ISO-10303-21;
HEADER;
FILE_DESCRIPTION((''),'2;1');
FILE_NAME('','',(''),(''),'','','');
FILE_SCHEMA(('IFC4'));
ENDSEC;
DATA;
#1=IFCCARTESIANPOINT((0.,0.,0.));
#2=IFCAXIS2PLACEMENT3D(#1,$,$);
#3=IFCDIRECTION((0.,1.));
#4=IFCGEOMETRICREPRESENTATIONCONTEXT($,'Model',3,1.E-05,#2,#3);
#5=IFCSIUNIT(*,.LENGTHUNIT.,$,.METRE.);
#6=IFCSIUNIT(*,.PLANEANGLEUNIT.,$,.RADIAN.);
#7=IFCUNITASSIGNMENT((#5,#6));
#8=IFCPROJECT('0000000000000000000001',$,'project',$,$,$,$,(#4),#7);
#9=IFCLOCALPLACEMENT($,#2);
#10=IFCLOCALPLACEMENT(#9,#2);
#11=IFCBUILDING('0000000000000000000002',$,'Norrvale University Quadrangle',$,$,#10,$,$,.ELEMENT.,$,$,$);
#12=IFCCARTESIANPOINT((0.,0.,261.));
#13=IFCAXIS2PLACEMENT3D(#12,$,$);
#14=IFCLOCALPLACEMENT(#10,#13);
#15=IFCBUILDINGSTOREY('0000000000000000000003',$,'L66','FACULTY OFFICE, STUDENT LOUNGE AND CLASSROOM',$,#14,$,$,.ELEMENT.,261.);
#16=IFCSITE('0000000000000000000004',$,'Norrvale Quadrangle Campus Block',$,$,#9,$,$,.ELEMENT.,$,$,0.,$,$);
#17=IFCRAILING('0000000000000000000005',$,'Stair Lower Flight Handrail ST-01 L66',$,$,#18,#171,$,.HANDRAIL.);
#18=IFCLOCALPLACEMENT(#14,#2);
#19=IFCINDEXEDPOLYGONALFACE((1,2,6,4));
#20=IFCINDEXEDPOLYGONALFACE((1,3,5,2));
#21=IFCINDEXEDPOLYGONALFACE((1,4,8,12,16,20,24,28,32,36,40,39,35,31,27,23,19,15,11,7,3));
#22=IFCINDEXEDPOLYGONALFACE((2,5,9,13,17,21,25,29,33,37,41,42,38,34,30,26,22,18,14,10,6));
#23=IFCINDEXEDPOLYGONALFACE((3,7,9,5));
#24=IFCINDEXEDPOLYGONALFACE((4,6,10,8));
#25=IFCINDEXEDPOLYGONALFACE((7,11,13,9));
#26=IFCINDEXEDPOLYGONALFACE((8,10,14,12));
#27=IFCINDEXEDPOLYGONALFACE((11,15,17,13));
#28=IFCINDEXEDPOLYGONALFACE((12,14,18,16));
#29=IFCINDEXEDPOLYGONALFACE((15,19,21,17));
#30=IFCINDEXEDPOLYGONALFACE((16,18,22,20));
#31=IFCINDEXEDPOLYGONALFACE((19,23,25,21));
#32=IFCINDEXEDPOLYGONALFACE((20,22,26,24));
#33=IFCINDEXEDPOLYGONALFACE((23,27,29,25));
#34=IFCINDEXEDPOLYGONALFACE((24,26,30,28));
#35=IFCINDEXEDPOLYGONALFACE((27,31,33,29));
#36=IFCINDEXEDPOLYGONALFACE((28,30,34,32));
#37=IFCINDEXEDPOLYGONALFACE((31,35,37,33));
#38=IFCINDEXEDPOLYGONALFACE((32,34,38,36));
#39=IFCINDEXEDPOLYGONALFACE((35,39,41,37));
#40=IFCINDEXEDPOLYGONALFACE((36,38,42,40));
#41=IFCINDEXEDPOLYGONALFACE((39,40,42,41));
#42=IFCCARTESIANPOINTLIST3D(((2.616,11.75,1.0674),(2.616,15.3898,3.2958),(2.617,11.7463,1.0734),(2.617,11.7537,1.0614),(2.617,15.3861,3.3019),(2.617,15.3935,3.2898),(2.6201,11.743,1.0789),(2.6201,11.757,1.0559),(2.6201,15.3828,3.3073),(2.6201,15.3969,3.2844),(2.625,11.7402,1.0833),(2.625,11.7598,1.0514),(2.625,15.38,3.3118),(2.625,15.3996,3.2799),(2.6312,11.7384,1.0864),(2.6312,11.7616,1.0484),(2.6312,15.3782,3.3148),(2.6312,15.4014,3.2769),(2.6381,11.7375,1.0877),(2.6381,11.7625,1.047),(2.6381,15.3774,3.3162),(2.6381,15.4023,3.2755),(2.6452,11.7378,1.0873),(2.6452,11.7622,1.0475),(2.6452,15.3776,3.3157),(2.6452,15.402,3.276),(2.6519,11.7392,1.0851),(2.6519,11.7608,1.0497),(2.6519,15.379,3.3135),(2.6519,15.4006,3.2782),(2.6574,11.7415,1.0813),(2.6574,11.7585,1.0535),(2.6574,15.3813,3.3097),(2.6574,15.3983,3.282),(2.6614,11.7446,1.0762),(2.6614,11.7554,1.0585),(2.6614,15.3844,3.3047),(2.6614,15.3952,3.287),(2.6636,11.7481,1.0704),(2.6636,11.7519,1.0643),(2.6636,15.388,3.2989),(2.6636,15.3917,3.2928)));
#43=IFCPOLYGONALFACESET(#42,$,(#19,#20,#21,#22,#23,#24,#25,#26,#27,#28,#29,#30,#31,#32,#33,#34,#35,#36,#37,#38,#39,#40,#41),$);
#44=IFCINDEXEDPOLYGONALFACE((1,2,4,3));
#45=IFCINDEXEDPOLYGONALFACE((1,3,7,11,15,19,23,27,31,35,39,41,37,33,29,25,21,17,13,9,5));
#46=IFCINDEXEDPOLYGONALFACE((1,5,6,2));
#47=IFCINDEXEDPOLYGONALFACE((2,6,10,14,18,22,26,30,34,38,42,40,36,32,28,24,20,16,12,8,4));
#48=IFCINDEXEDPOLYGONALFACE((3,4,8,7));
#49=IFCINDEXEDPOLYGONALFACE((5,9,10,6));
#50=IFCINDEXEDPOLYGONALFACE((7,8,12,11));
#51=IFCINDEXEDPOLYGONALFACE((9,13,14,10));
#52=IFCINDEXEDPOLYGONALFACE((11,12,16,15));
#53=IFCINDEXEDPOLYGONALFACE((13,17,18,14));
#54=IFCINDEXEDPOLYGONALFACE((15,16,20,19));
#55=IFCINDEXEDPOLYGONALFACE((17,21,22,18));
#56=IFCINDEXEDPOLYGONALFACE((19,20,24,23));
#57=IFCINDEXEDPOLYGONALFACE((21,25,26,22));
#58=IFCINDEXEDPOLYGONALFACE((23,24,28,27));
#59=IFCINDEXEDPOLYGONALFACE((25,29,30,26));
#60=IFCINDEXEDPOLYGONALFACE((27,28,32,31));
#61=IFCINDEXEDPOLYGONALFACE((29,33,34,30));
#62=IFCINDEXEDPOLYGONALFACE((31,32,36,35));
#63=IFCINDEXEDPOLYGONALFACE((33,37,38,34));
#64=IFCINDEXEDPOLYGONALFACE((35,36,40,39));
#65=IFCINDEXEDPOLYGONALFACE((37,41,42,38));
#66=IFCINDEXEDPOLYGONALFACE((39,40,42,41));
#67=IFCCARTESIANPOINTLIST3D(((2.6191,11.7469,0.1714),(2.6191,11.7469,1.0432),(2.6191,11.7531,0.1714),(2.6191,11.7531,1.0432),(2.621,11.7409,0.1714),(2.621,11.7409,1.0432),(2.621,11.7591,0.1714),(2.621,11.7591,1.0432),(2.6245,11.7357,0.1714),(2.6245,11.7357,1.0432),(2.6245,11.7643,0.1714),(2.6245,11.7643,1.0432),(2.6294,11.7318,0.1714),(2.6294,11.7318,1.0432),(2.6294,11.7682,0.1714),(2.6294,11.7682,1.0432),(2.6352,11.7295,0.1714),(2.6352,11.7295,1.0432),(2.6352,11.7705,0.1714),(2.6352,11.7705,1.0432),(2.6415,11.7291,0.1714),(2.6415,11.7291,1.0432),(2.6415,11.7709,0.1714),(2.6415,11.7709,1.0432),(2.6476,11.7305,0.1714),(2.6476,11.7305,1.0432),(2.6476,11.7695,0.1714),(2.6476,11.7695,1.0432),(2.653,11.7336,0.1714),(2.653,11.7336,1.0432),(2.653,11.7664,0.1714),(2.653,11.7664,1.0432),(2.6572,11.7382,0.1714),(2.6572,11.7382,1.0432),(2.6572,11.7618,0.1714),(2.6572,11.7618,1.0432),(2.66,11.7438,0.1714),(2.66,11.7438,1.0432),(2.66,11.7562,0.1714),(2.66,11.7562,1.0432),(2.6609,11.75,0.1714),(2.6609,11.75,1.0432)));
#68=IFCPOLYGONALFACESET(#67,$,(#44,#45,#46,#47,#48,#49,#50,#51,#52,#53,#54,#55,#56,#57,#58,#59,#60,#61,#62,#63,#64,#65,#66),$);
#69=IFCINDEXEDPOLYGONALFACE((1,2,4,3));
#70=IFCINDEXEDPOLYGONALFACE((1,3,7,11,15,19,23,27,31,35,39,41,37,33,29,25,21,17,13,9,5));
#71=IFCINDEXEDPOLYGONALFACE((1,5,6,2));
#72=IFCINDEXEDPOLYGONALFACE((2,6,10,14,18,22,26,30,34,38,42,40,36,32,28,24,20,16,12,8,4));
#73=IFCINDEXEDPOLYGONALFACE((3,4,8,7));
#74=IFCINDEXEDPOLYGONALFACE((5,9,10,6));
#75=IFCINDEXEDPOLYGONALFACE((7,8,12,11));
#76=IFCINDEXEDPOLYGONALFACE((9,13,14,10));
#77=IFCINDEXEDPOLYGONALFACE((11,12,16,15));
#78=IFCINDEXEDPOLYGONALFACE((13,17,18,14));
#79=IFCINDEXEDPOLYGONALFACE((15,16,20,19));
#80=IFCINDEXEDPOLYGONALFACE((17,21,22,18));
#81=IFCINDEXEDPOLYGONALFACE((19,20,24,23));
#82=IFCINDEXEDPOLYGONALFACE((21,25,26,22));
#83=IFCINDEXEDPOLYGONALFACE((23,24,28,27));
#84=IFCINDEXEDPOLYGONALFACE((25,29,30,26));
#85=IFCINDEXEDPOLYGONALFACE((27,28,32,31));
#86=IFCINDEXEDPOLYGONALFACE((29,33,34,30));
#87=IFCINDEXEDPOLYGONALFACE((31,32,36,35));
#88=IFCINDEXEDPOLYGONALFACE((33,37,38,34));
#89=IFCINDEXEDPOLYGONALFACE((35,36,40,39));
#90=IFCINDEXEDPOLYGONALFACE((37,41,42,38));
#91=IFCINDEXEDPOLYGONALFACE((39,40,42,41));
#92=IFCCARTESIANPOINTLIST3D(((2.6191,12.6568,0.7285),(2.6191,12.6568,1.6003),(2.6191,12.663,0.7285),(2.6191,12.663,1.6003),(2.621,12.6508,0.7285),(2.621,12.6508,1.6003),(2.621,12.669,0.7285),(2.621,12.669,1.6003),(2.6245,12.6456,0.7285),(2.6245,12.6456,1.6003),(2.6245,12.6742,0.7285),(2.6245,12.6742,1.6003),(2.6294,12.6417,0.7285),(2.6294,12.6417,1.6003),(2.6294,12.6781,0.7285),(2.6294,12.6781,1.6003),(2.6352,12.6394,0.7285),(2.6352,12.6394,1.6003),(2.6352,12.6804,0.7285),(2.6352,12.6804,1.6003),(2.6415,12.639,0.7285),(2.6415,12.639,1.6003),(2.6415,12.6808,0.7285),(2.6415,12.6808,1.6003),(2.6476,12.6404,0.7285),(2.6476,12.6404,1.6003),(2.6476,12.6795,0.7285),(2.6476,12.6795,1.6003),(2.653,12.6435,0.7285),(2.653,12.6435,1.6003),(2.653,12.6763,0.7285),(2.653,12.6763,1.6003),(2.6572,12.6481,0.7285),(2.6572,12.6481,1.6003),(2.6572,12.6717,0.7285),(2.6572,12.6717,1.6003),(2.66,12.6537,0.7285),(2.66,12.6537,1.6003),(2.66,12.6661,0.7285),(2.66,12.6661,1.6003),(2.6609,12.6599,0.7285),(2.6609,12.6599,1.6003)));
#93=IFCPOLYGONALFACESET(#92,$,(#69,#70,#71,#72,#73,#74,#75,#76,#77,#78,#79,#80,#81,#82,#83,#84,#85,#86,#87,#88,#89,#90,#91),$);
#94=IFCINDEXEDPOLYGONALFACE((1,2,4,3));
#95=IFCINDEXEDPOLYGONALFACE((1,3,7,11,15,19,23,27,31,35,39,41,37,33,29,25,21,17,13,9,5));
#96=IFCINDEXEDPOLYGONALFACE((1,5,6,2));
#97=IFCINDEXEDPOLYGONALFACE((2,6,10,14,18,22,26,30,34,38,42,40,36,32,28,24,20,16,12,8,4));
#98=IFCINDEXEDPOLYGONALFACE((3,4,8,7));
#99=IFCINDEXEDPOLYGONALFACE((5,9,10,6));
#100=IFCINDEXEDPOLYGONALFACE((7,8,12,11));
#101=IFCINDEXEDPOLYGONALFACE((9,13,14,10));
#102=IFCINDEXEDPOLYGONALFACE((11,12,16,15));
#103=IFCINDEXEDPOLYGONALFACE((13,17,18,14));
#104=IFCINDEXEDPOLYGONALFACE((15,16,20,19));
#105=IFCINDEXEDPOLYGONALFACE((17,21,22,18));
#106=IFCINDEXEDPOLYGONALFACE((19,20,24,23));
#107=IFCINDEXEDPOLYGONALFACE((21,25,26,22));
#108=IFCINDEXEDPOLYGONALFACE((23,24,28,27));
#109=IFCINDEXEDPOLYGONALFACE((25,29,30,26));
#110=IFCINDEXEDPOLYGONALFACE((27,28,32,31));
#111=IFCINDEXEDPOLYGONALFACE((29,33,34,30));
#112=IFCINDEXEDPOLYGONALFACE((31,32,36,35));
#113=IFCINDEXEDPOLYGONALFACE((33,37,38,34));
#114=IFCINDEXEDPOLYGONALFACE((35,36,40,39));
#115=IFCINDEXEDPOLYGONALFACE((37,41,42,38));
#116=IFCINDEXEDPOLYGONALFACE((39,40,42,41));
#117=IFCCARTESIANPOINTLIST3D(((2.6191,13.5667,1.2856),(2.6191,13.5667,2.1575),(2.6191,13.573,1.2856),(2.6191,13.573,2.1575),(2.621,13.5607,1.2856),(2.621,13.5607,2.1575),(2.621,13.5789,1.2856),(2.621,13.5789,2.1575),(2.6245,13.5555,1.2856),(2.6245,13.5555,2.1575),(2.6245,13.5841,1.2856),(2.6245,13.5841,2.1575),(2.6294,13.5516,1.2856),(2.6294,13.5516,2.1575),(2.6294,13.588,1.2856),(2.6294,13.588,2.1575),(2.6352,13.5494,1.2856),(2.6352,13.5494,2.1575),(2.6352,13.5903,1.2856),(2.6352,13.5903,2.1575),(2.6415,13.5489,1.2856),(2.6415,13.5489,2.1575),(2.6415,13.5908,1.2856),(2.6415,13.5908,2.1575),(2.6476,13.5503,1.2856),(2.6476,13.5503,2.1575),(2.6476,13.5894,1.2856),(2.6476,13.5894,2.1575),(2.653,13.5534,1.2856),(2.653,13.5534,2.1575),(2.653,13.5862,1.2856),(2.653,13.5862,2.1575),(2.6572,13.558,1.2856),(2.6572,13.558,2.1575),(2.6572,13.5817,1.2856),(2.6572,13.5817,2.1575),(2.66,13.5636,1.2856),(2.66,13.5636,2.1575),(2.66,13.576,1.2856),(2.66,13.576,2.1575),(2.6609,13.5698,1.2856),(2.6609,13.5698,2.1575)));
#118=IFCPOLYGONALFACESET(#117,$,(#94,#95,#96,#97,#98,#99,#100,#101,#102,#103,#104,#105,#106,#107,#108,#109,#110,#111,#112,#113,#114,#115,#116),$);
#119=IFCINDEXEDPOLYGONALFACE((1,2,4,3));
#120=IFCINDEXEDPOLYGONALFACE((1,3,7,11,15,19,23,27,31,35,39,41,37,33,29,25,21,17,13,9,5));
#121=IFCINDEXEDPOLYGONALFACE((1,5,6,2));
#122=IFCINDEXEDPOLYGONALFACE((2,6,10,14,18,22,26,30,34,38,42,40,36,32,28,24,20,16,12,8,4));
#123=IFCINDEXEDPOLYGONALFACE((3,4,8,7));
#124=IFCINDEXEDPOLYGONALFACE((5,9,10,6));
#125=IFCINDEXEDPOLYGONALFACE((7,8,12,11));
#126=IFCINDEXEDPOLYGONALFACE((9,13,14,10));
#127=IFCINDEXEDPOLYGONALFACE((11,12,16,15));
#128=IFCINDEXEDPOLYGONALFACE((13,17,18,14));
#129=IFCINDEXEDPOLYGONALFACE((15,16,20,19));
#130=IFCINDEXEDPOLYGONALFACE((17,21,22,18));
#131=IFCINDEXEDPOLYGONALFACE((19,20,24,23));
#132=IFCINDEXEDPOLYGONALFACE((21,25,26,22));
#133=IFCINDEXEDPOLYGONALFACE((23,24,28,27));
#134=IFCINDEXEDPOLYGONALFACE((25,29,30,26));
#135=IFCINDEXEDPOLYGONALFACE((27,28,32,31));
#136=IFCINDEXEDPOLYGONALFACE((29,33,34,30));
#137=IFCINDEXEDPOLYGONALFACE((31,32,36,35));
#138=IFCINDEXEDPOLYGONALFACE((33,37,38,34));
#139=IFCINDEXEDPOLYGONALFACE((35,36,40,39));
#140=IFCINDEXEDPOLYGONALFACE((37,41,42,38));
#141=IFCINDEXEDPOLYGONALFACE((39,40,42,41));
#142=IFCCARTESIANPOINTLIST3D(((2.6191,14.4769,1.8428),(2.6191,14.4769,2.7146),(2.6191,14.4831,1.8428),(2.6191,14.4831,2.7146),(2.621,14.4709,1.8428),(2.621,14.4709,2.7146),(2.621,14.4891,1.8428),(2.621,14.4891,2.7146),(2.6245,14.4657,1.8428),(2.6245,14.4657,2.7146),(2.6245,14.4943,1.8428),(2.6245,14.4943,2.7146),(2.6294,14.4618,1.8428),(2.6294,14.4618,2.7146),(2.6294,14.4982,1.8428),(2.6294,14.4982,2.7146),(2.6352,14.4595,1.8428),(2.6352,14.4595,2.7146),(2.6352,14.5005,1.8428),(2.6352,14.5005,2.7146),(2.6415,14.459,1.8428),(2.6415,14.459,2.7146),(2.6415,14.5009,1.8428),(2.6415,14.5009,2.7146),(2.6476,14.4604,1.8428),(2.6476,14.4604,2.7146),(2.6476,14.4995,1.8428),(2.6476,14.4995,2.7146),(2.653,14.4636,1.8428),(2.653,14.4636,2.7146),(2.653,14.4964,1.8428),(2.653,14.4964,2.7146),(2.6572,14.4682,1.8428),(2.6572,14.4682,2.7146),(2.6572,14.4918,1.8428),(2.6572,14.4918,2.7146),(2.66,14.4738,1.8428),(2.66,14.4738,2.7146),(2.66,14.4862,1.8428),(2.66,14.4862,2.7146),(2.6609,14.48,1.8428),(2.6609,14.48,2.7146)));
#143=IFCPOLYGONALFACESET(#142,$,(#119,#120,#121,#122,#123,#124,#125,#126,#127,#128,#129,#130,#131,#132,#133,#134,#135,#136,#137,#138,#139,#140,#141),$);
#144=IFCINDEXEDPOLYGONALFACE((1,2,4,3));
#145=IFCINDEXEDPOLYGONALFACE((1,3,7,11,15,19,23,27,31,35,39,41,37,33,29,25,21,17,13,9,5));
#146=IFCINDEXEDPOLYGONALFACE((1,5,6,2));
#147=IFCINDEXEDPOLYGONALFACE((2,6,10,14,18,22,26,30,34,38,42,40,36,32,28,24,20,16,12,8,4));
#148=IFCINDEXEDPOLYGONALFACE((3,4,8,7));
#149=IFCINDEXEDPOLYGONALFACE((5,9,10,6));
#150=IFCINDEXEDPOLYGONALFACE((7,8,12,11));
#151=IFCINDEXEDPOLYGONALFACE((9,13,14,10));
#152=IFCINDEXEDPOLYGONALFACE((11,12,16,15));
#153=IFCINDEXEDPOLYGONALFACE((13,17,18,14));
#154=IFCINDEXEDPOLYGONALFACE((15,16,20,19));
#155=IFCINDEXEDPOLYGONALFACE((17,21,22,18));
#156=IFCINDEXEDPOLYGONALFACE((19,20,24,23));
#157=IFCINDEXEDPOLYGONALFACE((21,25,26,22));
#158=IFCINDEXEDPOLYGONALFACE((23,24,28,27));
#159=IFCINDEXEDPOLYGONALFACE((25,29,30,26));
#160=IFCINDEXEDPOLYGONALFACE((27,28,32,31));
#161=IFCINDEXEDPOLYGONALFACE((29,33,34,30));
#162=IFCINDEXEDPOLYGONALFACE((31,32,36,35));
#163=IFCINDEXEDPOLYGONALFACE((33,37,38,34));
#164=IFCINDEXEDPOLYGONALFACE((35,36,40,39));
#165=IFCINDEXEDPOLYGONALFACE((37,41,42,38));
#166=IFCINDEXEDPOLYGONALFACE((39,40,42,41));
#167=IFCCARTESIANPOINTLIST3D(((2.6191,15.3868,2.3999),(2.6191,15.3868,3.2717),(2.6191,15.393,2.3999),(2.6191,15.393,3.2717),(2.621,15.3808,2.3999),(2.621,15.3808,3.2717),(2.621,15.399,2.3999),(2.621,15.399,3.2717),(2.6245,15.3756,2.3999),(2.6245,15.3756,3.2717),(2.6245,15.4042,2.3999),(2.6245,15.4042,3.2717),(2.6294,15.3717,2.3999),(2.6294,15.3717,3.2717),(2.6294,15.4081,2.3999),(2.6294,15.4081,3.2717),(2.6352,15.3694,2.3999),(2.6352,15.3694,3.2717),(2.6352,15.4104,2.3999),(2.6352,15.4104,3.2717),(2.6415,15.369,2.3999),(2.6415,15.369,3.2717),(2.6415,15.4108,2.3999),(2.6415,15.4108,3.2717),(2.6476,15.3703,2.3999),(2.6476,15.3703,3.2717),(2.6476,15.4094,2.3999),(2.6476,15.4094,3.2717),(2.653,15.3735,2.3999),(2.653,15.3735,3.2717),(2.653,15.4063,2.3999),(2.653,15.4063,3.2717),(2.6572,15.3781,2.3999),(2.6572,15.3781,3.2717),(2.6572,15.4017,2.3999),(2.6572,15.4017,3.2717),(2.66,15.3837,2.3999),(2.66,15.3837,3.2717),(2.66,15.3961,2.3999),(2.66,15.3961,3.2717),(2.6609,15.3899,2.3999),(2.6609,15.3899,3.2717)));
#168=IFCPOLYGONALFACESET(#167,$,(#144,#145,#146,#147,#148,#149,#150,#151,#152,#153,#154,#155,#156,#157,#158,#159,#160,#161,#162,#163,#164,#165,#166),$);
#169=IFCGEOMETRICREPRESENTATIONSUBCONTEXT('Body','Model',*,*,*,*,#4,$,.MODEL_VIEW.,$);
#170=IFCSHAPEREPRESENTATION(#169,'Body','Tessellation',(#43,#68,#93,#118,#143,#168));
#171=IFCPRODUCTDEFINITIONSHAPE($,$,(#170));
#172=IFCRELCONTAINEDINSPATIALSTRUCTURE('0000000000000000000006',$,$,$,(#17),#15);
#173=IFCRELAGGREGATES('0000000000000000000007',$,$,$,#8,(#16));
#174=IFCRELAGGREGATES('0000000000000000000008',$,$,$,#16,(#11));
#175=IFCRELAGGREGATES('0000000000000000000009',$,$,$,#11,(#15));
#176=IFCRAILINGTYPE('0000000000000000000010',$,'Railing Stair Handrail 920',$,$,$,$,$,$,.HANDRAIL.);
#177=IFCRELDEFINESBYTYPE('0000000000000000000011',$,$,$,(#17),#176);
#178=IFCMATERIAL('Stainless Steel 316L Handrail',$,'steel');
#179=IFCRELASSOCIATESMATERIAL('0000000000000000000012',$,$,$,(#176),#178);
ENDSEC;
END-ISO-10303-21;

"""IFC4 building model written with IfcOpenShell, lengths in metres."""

from ifc_helpers import new_model, si_unit, direction, frame, origin, origin_2d, place, context, subcontext, project, spatial, circle, extrude, material, type_object, element, save


model = new_model("IFC4")

# Units and contexts
model_context = context("Model", 3, precision=1e-05, world=origin(), true_north=direction((0.0, 1.0)))
body_context = subcontext(model_context, "Body", "Model", "MODEL_VIEW")
ifc_project = project(units=[si_unit("LENGTHUNIT", "METRE"), si_unit("PLANEANGLEUNIT", "RADIAN")], contexts=[model_context])

# Site, building, storey
site_placement = place(None, origin())
site = spatial("IfcSite", under=ifc_project, at=site_placement, Name="Norrvale Quadrangle Campus Block", CompositionType="ELEMENT", RefElevation=0.0)
building_placement = place(site_placement, origin())
building = spatial("IfcBuilding", under=site, at=building_placement, Name="Norrvale University Quadrangle", CompositionType="ELEMENT")
storey_placement = place(building_placement, frame((0.0, 0.0, 261.0)))
storey = spatial("IfcBuildingStorey", under=building, at=storey_placement, Name="L66", Description="FACULTY OFFICE, STUDENT LOUNGE AND CLASSROOM", CompositionType="ELEMENT", Elevation=261.0)

# Railing
ifc_material_1 = material(Name="Stainless Steel 316L Handrail", Category="steel")
railing_type_1 = type_object("IfcRailingType", Name="Railing Stair Handrail 920", PredefinedType="HANDRAIL", material=ifc_material_1)
railing_1_placement = place(storey_placement, frame((2.6399, 11.75, 0.1714)))
element("IfcRailing", 1, at=railing_1_placement, inside=storey, type_object=railing_type_1, Name="Stair Lower Flight Handrail ST-01 L66", PredefinedType="HANDRAIL", context=body_context, shape_type="SweptSolid", body=[
    extrude(circle(Radius=0.0239, at=origin_2d()), frame((0.0, 0.0, 0.896), z_axis=(0.0, 0.85285, 0.522156), x_axis=(-1.0, 0.0, 0.0)), (0.0, 0.0, 1.0), 4.2678),
    extrude(circle(Radius=0.021, at=origin_2d()), origin(), (0.0, 0.0, 1.0), 0.8718),
    extrude(circle(Radius=0.021, at=origin_2d()), frame((0.0, 0.9099, 0.5571)), (0.0, 0.0, 1.0), 0.8718),
    extrude(circle(Radius=0.021, at=origin_2d()), frame((0.0, 1.8198, 1.1143)), (0.0, 0.0, 1.0), 0.8718),
    extrude(circle(Radius=0.021, at=origin_2d()), frame((0.0, 2.73, 1.6714)), (0.0, 0.0, 1.0), 0.8718),
    extrude(circle(Radius=0.021, at=origin_2d()), frame((0.0, 3.6399, 2.2285)), (0.0, 0.0, 1.0), 0.8718),
])

save(model, "model.ifc")
